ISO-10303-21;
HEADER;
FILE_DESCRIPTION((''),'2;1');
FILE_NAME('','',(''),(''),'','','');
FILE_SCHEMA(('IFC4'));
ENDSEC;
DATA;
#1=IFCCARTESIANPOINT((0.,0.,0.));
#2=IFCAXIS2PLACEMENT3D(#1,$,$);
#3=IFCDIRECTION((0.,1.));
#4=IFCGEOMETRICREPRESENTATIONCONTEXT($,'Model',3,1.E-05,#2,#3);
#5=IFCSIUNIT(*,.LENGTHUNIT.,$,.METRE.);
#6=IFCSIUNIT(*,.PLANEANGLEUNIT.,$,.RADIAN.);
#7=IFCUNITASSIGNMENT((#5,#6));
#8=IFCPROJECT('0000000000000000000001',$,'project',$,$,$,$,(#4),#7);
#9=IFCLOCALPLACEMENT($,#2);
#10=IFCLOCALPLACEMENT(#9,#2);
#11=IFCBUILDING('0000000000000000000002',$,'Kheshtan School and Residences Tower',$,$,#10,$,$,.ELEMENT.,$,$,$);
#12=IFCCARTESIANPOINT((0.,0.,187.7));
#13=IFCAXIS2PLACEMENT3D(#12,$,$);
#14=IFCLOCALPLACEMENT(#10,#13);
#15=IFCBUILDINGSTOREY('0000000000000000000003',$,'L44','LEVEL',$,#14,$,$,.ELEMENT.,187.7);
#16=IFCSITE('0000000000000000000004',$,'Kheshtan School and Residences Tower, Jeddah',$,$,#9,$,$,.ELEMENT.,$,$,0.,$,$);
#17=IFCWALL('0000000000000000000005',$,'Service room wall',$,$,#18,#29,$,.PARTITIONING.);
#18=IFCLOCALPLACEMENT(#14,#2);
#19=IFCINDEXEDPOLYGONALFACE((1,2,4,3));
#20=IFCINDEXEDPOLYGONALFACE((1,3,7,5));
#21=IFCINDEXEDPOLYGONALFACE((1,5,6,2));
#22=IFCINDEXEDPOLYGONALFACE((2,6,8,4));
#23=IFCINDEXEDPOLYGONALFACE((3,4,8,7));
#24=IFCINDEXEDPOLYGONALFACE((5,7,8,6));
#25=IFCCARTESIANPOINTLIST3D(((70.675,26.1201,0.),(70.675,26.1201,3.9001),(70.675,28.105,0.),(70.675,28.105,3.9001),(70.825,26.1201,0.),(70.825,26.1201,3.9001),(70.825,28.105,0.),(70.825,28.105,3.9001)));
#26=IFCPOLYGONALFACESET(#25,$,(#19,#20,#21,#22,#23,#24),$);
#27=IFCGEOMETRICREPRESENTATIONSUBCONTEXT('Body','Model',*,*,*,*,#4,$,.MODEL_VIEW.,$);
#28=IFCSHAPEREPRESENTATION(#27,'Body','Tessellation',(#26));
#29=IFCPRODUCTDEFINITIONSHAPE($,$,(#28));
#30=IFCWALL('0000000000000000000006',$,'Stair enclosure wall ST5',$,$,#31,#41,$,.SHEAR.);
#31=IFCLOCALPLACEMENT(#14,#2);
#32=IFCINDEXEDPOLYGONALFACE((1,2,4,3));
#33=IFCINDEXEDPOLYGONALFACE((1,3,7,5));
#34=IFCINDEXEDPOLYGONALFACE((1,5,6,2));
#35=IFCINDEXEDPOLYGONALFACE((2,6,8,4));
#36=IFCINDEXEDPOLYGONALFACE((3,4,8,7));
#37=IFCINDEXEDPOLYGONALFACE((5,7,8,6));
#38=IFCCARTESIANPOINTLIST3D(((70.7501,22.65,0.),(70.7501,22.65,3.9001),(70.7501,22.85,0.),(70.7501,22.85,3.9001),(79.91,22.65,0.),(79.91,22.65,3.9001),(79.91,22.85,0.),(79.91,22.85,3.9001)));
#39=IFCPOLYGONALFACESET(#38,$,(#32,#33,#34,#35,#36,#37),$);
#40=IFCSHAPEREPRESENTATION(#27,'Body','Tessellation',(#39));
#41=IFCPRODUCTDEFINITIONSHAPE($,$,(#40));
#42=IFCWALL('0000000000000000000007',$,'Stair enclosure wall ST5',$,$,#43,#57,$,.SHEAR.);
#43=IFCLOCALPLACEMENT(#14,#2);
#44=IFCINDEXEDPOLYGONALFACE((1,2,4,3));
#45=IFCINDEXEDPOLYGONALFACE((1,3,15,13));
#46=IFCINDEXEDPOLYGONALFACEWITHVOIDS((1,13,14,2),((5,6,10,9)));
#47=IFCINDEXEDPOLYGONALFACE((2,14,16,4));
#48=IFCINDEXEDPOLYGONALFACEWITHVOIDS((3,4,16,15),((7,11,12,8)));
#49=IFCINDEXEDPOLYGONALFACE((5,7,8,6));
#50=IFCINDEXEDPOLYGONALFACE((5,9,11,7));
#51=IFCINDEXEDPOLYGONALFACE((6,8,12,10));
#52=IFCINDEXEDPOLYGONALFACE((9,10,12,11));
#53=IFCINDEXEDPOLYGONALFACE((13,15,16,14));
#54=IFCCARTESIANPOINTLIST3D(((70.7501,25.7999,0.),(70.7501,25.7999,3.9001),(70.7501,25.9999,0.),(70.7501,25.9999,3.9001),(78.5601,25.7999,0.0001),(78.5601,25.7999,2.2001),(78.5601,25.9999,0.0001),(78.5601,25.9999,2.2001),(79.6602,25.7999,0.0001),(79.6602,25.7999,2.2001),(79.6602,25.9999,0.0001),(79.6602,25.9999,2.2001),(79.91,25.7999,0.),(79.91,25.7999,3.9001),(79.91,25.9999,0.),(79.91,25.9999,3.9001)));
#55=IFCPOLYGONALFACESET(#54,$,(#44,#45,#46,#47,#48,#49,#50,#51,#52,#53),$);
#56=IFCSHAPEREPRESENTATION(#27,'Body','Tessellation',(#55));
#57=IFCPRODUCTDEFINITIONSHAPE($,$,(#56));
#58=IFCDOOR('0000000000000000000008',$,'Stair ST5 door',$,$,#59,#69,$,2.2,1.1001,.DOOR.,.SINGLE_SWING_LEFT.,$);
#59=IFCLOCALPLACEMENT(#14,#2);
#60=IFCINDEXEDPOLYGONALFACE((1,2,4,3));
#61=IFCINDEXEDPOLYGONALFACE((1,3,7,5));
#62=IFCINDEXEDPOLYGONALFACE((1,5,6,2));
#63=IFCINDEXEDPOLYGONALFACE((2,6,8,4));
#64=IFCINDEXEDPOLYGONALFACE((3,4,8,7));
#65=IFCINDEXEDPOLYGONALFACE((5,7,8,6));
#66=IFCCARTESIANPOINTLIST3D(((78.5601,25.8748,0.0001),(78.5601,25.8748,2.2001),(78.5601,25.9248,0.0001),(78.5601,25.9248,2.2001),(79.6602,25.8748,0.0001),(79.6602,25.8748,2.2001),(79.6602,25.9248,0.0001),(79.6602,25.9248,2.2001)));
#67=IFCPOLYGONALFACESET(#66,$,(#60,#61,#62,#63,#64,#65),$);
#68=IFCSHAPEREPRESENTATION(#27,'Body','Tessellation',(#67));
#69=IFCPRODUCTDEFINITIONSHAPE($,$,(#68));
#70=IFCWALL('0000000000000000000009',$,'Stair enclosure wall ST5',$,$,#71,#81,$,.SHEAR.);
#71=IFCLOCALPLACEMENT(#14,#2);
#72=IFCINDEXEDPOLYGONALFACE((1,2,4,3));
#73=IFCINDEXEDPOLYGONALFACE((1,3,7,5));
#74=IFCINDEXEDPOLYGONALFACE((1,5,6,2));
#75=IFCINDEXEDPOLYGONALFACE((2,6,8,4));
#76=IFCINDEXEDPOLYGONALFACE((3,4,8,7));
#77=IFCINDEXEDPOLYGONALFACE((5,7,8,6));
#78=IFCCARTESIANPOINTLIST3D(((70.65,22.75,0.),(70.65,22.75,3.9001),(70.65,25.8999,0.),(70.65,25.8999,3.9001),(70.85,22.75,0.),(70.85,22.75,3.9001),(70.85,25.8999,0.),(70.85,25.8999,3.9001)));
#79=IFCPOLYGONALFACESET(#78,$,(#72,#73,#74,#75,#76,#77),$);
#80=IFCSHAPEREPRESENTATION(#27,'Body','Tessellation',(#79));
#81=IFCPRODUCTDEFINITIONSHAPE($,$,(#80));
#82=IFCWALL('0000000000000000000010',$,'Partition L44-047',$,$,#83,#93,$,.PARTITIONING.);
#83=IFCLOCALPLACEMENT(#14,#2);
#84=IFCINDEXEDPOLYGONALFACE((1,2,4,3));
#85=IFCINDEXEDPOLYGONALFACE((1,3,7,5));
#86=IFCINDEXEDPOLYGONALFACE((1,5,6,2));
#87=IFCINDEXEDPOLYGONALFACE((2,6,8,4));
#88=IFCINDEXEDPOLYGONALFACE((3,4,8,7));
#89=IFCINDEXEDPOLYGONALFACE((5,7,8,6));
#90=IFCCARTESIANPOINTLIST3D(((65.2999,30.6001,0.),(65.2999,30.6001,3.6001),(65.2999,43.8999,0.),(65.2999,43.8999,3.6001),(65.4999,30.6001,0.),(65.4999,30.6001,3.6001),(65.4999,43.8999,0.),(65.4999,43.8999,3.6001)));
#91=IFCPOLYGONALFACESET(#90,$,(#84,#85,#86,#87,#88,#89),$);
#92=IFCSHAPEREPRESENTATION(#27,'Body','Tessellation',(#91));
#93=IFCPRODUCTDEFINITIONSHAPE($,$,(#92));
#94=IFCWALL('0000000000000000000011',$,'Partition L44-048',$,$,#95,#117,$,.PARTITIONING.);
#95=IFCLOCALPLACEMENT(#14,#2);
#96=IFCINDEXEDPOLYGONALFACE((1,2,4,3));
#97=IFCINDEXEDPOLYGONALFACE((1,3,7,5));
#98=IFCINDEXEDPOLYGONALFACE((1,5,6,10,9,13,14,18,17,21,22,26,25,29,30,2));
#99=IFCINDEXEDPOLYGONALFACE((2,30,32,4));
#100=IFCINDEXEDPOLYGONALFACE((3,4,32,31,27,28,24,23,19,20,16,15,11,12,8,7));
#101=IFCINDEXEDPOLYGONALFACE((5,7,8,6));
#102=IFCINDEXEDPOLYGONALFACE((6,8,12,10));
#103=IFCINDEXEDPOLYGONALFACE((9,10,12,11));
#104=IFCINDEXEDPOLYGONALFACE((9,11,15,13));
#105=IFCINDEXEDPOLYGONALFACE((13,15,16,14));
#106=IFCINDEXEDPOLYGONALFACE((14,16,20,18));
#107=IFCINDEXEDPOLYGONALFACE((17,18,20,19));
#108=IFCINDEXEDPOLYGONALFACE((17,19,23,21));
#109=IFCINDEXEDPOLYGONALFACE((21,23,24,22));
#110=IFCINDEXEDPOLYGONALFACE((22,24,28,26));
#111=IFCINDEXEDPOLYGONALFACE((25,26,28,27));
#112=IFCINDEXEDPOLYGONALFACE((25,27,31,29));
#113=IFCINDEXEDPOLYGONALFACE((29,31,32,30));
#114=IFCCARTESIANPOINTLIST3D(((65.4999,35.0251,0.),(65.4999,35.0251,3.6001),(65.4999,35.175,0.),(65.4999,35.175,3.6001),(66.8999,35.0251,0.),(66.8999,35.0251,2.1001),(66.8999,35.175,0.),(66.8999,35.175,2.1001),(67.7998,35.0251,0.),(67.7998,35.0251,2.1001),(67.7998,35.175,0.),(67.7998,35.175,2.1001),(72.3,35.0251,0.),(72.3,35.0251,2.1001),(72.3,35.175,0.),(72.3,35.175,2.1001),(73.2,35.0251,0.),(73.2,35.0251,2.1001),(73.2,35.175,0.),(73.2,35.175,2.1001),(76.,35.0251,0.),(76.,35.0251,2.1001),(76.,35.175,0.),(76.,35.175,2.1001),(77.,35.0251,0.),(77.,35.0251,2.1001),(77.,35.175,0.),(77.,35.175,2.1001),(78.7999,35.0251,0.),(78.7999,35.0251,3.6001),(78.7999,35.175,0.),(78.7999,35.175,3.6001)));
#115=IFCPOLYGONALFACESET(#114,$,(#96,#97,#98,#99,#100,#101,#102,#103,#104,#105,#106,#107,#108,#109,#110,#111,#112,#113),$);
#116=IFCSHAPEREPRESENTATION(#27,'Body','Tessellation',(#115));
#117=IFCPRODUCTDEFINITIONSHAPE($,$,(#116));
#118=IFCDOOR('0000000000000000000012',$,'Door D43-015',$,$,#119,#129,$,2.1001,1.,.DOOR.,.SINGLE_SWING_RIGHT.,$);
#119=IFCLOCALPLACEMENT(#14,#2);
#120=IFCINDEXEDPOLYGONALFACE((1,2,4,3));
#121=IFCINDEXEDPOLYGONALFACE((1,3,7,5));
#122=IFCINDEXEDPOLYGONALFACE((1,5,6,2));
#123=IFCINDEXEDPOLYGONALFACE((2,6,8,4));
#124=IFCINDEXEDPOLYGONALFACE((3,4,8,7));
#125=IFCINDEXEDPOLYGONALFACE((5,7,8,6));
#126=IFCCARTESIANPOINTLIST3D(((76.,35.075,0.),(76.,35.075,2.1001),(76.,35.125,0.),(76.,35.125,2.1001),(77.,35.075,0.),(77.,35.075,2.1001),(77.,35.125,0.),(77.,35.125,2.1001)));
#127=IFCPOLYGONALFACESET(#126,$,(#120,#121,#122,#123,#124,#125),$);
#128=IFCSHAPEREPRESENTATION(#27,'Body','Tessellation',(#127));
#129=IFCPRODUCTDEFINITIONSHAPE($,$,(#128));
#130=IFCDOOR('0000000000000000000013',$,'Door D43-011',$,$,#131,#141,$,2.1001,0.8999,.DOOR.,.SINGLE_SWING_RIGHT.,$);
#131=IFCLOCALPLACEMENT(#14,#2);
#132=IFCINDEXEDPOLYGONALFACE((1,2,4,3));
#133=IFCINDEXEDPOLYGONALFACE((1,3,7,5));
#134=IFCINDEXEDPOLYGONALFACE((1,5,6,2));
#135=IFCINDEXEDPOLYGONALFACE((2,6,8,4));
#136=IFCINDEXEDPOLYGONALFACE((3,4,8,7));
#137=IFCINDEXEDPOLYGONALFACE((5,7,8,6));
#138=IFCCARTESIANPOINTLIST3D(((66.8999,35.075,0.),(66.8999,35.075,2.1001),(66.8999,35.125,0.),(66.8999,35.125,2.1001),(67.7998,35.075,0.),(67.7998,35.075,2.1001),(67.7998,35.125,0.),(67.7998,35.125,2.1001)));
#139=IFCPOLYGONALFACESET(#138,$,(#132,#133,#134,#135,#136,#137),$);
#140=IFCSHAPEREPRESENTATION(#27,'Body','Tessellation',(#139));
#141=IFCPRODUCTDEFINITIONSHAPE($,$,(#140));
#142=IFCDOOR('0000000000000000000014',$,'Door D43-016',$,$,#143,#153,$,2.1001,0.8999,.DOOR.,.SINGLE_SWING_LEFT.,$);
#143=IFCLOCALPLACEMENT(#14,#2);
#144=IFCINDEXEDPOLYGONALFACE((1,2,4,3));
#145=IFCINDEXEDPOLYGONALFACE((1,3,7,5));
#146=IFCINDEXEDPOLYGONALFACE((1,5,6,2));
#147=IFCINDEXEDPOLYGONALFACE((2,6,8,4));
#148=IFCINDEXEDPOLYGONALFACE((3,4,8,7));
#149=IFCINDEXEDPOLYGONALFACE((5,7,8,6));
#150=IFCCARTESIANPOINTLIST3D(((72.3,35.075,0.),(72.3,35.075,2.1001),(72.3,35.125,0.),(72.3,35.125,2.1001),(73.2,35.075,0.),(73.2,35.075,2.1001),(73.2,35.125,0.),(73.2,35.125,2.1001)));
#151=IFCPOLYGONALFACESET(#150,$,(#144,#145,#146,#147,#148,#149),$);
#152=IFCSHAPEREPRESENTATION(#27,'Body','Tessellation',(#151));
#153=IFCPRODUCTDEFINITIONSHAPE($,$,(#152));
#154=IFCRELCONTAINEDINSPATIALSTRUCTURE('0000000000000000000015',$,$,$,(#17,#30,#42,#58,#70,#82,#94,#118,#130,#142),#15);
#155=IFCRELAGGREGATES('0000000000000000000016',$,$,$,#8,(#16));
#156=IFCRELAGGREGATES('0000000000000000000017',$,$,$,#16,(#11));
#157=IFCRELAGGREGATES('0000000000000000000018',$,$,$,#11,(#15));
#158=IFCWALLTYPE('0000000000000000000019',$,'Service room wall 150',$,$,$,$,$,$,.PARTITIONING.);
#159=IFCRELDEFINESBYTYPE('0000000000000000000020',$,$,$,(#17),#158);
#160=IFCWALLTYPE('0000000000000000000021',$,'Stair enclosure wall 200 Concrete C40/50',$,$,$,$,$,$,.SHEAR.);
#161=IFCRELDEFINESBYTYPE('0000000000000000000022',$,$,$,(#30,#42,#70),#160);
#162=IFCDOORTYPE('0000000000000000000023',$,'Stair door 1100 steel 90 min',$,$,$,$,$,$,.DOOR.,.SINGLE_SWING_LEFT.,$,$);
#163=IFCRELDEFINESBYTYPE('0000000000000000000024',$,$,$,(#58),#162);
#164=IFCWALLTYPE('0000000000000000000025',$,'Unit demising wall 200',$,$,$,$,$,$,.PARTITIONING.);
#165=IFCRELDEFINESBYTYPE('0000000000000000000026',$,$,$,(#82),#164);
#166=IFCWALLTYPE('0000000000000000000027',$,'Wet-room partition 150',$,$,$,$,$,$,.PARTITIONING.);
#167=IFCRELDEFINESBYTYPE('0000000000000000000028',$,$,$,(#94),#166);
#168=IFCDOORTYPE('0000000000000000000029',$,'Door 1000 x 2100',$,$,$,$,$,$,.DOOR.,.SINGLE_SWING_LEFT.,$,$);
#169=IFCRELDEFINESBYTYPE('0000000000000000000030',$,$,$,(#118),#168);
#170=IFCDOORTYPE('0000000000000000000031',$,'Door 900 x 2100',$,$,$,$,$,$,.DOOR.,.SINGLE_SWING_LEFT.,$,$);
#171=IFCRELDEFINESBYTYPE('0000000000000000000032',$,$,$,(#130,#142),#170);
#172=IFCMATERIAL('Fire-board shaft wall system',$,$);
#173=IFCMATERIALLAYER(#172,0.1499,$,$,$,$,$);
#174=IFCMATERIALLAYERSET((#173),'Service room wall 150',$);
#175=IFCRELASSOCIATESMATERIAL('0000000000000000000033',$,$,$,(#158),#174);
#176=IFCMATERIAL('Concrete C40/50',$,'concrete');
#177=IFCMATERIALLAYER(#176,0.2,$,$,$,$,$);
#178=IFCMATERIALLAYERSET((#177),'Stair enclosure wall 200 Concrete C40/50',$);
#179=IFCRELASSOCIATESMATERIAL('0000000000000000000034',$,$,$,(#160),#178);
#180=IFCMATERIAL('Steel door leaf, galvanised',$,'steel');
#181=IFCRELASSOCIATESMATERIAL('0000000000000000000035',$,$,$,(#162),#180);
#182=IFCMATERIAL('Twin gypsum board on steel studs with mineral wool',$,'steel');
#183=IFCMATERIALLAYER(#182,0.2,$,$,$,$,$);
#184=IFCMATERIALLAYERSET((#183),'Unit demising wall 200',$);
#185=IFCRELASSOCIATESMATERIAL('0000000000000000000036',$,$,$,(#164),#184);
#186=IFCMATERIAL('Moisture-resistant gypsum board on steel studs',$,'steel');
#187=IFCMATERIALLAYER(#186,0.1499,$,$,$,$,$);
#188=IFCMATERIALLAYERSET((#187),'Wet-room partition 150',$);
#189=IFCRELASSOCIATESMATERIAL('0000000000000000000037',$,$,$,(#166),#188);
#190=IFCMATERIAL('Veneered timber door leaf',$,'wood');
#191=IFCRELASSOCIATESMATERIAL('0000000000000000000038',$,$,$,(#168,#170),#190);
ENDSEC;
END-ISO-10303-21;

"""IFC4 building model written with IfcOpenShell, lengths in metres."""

from ifc_helpers import new_model, si_unit, direction, frame, frame_2d, origin, place, context, subcontext, project, spatial, rectangle, extrude, source, transform, mapped, material, layer, layer_set, type_object, element, fill, save


model = new_model("IFC4")

# Units and contexts
model_context = context("Model", 3, precision=1e-05, world=origin(), true_north=direction((0.0, 1.0)))
body_context = subcontext(model_context, "Body", "Model", "MODEL_VIEW")
ifc_project = project(units=[si_unit("LENGTHUNIT", "METRE"), si_unit("PLANEANGLEUNIT", "RADIAN")], contexts=[model_context])

# Site, building, storey
site_placement = place(None, origin())
site = spatial("IfcSite", under=ifc_project, at=site_placement, Name="Kheshtan School and Residences Tower, Jeddah", CompositionType="ELEMENT", RefElevation=0.0)
building_placement = place(site_placement, origin())
building = spatial("IfcBuilding", under=site, at=building_placement, Name="Kheshtan School and Residences Tower", CompositionType="ELEMENT")
storey_placement = place(building_placement, frame((0.0, 0.0, 187.7)))
storey = spatial("IfcBuildingStorey", under=building, at=storey_placement, Name="L44", Description="LEVEL", CompositionType="ELEMENT", Elevation=187.7)

# Shared definitions
ifc_material_1 = material(Name="Veneered timber door leaf", Category="wood")

# Walls
ifc_material_2 = material(Name="Fire-board shaft wall system")
ifc_layer_1 = layer(ifc_material_2, 0.1499)
ifc_layer_set_1 = layer_set([ifc_layer_1], Name="Service room wall 150")
wall_type_1 = type_object("IfcWallType", Name="Service room wall 150", PredefinedType="PARTITIONING", material=ifc_layer_set_1)
wall_1_placement = place(storey_placement, frame((70.75, 26.1201, 0.0), z_axis=(0.0, 0.0, 1.0), x_axis=(0.0, 1.0, 0.0)))
element("IfcWall", 1, at=wall_1_placement, inside=storey, type_object=wall_type_1, Name="Service room wall", PredefinedType="PARTITIONING", context=body_context, shape_type="SweptSolid", body=[
    extrude(rectangle(XDim=1.9849, YDim=0.1499, at=frame_2d((0.9924, 0.0))), origin(), (0.0, 0.0, 1.0), 3.9001),
])
ifc_material_3 = material(Name="Concrete C40/50", Category="concrete")
ifc_layer_2 = layer(ifc_material_3, 0.2)
ifc_layer_set_2 = layer_set([ifc_layer_2], Name="Stair enclosure wall 200 Concrete C40/50")
wall_type_2 = type_object("IfcWallType", Name="Stair enclosure wall 200 Concrete C40/50", PredefinedType="SHEAR", material=ifc_layer_set_2)
wall_2_placement = place(storey_placement, frame((70.75, 22.75, 0.0), z_axis=(0.0, 0.0, 1.0), x_axis=(1.0, 0.0, 0.0)))
element("IfcWall", 2, at=wall_2_placement, inside=storey, type_object=wall_type_2, Name="Stair enclosure wall ST5", PredefinedType="SHEAR", context=body_context, shape_type="SweptSolid", body=[
    extrude(rectangle(XDim=9.1599, YDim=0.2, at=frame_2d((4.5801, 0.0))), origin(), (0.0, 0.0, 1.0), 3.9001),
])

# Wall, opening, door
wall_3_placement = place(storey_placement, frame((70.75, 25.8999, 0.0), z_axis=(0.0, 0.0, 1.0), x_axis=(1.0, 0.0, 0.0)))
wall_3 = element("IfcWall", 3, at=wall_3_placement, inside=storey, type_object=wall_type_2, Name="Stair enclosure wall ST5", PredefinedType="SHEAR", context=body_context, shape_type="SweptSolid", body=[
    extrude(rectangle(XDim=9.1599, YDim=0.2, at=frame_2d((4.5801, 0.0))), origin(), (0.0, 0.0, 1.0), 3.9001),
])
opening_1_placement = place(wall_3_placement, frame((7.8101, 0.0, 0.0)))
opening_1 = element("IfcOpeningElement", 4, at=opening_1_placement, cuts=wall_3, PredefinedType="OPENING", context=body_context, shape_type="SweptSolid", body=[
    extrude(rectangle(XDim=1.1001, YDim=2.2, at=frame_2d((0.55, 1.1001))), frame((0.0, 0.1099, 0.0), z_axis=(0.0, -1.0, 0.0), x_axis=(1.0, 0.0, 0.0)), (0.0, 0.0, 1.0), 0.22),
])
ifc_material_4 = material(Name="Steel door leaf, galvanised", Category="steel")
door_type_1 = type_object("IfcDoorType", Name="Stair door 1100 steel 90 min", OperationType="SINGLE_SWING_LEFT", PredefinedType="DOOR", material=ifc_material_4)
shared_shape_1 = source(origin(), body_context, "Body", "SweptSolid", [
    extrude(rectangle(XDim=1.1001, YDim=2.2, at=frame_2d((0.55, 1.1001))), frame((0.0, 0.0249, 0.0), z_axis=(0.0, -1.0, 0.0), x_axis=(1.0, 0.0, 0.0)), (0.0, 0.0, 1.0), 0.05),
])
door_1_placement = place(opening_1_placement, origin())
door_1 = element("IfcDoor", 5, at=door_1_placement, inside=storey, type_object=door_type_1, Name="Stair ST5 door", OperationType="SINGLE_SWING_LEFT", OverallHeight=2.2, OverallWidth=1.1001, PredefinedType="DOOR", context=body_context, shape_type="MappedRepresentation", body=[
    mapped(shared_shape_1, transform((0.0, 0.0, 0.0), x_axis=(1.0, 0.0, 0.0), y_axis=(0.0, 1.0, 0.0), z_axis=(0.0, 0.0, 1.0), scale=1.0)),
])
fill(opening_1, door_1)

# Walls
wall_4_placement = place(storey_placement, frame((70.75, 22.75, 0.0), z_axis=(0.0, 0.0, 1.0), x_axis=(0.0, 1.0, 0.0)))
element("IfcWall", 6, at=wall_4_placement, inside=storey, type_object=wall_type_2, Name="Stair enclosure wall ST5", PredefinedType="SHEAR", context=body_context, shape_type="SweptSolid", body=[
    extrude(rectangle(XDim=3.1499, YDim=0.2, at=frame_2d((1.575, 0.0))), origin(), (0.0, 0.0, 1.0), 3.9001),
])
ifc_material_5 = material(Name="Twin gypsum board on steel studs with mineral wool", Category="steel")
ifc_layer_3 = layer(ifc_material_5, 0.2)
ifc_layer_set_3 = layer_set([ifc_layer_3], Name="Unit demising wall 200")
wall_type_3 = type_object("IfcWallType", Name="Unit demising wall 200", PredefinedType="PARTITIONING", material=ifc_layer_set_3)
wall_5_placement = place(storey_placement, frame((65.3999, 30.6001, 0.0), z_axis=(0.0, 0.0, 1.0), x_axis=(0.0, 1.0, 0.0)))
element("IfcWall", 7, at=wall_5_placement, inside=storey, type_object=wall_type_3, Name="Partition L44-047", PredefinedType="PARTITIONING", context=body_context, shape_type="SweptSolid", body=[
    extrude(rectangle(XDim=13.2998, YDim=0.2, at=frame_2d((6.6499, 0.0))), origin(), (0.0, 0.0, 1.0), 3.6001),
])

# Wall, openings, doors
ifc_material_6 = material(Name="Moisture-resistant gypsum board on steel studs", Category="steel")
ifc_layer_4 = layer(ifc_material_6, 0.1499)
ifc_layer_set_4 = layer_set([ifc_layer_4], Name="Wet-room partition 150")
wall_type_4 = type_object("IfcWallType", Name="Wet-room partition 150", PredefinedType="PARTITIONING", material=ifc_layer_set_4)
wall_6_placement = place(storey_placement, frame((65.5, 35.1001, 0.0), z_axis=(0.0, 0.0, 1.0), x_axis=(1.0, 0.0, 0.0)))
wall_6 = element("IfcWall", 8, at=wall_6_placement, inside=storey, type_object=wall_type_4, Name="Partition L44-048", PredefinedType="PARTITIONING", context=body_context, shape_type="SweptSolid", body=[
    extrude(rectangle(XDim=13.3, YDim=0.1499, at=frame_2d((6.6499, 0.0))), origin(), (0.0, 0.0, 1.0), 3.6001),
])
opening_2_placement = place(wall_6_placement, frame((1.3999, 0.0, 0.0)))
opening_2 = element("IfcOpeningElement", 9, at=opening_2_placement, cuts=wall_6, PredefinedType="OPENING", context=body_context, shape_type="SweptSolid", body=[
    extrude(rectangle(XDim=0.8999, YDim=2.1001, at=frame_2d((0.45, 1.05))), frame((0.0, 0.085, 0.0), z_axis=(0.0, -1.0, 0.0), x_axis=(1.0, 0.0, 0.0)), (0.0, 0.0, 1.0), 0.1699),
])
opening_3_placement = place(wall_6_placement, frame((10.5, 0.0, 0.0)))
opening_3 = element("IfcOpeningElement", 10, at=opening_3_placement, cuts=wall_6, PredefinedType="OPENING", context=body_context, shape_type="SweptSolid", body=[
    extrude(rectangle(XDim=1.0, YDim=2.1001, at=frame_2d((0.5, 1.05))), frame((0.0, 0.085, 0.0), z_axis=(0.0, -1.0, 0.0), x_axis=(1.0, 0.0, 0.0)), (0.0, 0.0, 1.0), 0.1699),
])
opening_4_placement = place(wall_6_placement, frame((6.8, 0.0, 0.0)))
opening_4 = element("IfcOpeningElement", 11, at=opening_4_placement, cuts=wall_6, PredefinedType="OPENING", context=body_context, shape_type="SweptSolid", body=[
    extrude(rectangle(XDim=0.8999, YDim=2.1001, at=frame_2d((0.45, 1.05))), frame((0.0, 0.085, 0.0), z_axis=(0.0, -1.0, 0.0), x_axis=(1.0, 0.0, 0.0)), (0.0, 0.0, 1.0), 0.1699),
])
door_type_2 = type_object("IfcDoorType", Name="Door 1000 x 2100", OperationType="SINGLE_SWING_LEFT", PredefinedType="DOOR", material=ifc_material_1)
shared_shape_2 = source(origin(), body_context, "Body", "SweptSolid", [
    extrude(rectangle(XDim=1.0, YDim=2.1001, at=frame_2d((0.5, 1.05))), frame((0.0, 0.0249, 0.0), z_axis=(0.0, -1.0, 0.0), x_axis=(1.0, 0.0, 0.0)), (0.0, 0.0, 1.0), 0.05),
])
door_2_placement = place(opening_3_placement, origin())
door_2 = element("IfcDoor", 12, at=door_2_placement, inside=storey, type_object=door_type_2, Name="Door D43-015", OperationType="SINGLE_SWING_RIGHT", OverallHeight=2.1001, OverallWidth=1.0, PredefinedType="DOOR", context=body_context, shape_type="MappedRepresentation", body=[
    mapped(shared_shape_2, transform((0.0, 0.0, 0.0), x_axis=(1.0, 0.0, 0.0), y_axis=(0.0, 1.0, 0.0), z_axis=(0.0, 0.0, 1.0), scale=1.0)),
])
fill(opening_3, door_2)
door_type_3 = type_object("IfcDoorType", Name="Door 900 x 2100", OperationType="SINGLE_SWING_LEFT", PredefinedType="DOOR", material=ifc_material_1)
shared_shape_3 = source(origin(), body_context, "Body", "SweptSolid", [
    extrude(rectangle(XDim=0.8999, YDim=2.1001, at=frame_2d((0.45, 1.05))), frame((0.0, 0.0249, 0.0), z_axis=(0.0, -1.0, 0.0), x_axis=(1.0, 0.0, 0.0)), (0.0, 0.0, 1.0), 0.05),
])
door_3_placement = place(opening_2_placement, origin())
door_3 = element("IfcDoor", 13, at=door_3_placement, inside=storey, type_object=door_type_3, Name="Door D43-011", OperationType="SINGLE_SWING_RIGHT", OverallHeight=2.1001, OverallWidth=0.8999, PredefinedType="DOOR", context=body_context, shape_type="MappedRepresentation", body=[
    mapped(shared_shape_3, transform((0.0, 0.0, 0.0), x_axis=(1.0, 0.0, 0.0), y_axis=(0.0, 1.0, 0.0), z_axis=(0.0, 0.0, 1.0), scale=1.0)),
])
fill(opening_2, door_3)
door_4_placement = place(opening_4_placement, origin())
door_4 = element("IfcDoor", 14, at=door_4_placement, inside=storey, type_object=door_type_3, Name="Door D43-016", OperationType="SINGLE_SWING_LEFT", OverallHeight=2.1001, OverallWidth=0.8999, PredefinedType="DOOR", context=body_context, shape_type="MappedRepresentation", body=[
    mapped(shared_shape_3, transform((0.0, 0.0, 0.0), x_axis=(1.0, 0.0, 0.0), y_axis=(0.0, 1.0, 0.0), z_axis=(0.0, 0.0, 1.0), scale=1.0)),
])
fill(opening_4, door_4)

save(model, "model.ifc")
